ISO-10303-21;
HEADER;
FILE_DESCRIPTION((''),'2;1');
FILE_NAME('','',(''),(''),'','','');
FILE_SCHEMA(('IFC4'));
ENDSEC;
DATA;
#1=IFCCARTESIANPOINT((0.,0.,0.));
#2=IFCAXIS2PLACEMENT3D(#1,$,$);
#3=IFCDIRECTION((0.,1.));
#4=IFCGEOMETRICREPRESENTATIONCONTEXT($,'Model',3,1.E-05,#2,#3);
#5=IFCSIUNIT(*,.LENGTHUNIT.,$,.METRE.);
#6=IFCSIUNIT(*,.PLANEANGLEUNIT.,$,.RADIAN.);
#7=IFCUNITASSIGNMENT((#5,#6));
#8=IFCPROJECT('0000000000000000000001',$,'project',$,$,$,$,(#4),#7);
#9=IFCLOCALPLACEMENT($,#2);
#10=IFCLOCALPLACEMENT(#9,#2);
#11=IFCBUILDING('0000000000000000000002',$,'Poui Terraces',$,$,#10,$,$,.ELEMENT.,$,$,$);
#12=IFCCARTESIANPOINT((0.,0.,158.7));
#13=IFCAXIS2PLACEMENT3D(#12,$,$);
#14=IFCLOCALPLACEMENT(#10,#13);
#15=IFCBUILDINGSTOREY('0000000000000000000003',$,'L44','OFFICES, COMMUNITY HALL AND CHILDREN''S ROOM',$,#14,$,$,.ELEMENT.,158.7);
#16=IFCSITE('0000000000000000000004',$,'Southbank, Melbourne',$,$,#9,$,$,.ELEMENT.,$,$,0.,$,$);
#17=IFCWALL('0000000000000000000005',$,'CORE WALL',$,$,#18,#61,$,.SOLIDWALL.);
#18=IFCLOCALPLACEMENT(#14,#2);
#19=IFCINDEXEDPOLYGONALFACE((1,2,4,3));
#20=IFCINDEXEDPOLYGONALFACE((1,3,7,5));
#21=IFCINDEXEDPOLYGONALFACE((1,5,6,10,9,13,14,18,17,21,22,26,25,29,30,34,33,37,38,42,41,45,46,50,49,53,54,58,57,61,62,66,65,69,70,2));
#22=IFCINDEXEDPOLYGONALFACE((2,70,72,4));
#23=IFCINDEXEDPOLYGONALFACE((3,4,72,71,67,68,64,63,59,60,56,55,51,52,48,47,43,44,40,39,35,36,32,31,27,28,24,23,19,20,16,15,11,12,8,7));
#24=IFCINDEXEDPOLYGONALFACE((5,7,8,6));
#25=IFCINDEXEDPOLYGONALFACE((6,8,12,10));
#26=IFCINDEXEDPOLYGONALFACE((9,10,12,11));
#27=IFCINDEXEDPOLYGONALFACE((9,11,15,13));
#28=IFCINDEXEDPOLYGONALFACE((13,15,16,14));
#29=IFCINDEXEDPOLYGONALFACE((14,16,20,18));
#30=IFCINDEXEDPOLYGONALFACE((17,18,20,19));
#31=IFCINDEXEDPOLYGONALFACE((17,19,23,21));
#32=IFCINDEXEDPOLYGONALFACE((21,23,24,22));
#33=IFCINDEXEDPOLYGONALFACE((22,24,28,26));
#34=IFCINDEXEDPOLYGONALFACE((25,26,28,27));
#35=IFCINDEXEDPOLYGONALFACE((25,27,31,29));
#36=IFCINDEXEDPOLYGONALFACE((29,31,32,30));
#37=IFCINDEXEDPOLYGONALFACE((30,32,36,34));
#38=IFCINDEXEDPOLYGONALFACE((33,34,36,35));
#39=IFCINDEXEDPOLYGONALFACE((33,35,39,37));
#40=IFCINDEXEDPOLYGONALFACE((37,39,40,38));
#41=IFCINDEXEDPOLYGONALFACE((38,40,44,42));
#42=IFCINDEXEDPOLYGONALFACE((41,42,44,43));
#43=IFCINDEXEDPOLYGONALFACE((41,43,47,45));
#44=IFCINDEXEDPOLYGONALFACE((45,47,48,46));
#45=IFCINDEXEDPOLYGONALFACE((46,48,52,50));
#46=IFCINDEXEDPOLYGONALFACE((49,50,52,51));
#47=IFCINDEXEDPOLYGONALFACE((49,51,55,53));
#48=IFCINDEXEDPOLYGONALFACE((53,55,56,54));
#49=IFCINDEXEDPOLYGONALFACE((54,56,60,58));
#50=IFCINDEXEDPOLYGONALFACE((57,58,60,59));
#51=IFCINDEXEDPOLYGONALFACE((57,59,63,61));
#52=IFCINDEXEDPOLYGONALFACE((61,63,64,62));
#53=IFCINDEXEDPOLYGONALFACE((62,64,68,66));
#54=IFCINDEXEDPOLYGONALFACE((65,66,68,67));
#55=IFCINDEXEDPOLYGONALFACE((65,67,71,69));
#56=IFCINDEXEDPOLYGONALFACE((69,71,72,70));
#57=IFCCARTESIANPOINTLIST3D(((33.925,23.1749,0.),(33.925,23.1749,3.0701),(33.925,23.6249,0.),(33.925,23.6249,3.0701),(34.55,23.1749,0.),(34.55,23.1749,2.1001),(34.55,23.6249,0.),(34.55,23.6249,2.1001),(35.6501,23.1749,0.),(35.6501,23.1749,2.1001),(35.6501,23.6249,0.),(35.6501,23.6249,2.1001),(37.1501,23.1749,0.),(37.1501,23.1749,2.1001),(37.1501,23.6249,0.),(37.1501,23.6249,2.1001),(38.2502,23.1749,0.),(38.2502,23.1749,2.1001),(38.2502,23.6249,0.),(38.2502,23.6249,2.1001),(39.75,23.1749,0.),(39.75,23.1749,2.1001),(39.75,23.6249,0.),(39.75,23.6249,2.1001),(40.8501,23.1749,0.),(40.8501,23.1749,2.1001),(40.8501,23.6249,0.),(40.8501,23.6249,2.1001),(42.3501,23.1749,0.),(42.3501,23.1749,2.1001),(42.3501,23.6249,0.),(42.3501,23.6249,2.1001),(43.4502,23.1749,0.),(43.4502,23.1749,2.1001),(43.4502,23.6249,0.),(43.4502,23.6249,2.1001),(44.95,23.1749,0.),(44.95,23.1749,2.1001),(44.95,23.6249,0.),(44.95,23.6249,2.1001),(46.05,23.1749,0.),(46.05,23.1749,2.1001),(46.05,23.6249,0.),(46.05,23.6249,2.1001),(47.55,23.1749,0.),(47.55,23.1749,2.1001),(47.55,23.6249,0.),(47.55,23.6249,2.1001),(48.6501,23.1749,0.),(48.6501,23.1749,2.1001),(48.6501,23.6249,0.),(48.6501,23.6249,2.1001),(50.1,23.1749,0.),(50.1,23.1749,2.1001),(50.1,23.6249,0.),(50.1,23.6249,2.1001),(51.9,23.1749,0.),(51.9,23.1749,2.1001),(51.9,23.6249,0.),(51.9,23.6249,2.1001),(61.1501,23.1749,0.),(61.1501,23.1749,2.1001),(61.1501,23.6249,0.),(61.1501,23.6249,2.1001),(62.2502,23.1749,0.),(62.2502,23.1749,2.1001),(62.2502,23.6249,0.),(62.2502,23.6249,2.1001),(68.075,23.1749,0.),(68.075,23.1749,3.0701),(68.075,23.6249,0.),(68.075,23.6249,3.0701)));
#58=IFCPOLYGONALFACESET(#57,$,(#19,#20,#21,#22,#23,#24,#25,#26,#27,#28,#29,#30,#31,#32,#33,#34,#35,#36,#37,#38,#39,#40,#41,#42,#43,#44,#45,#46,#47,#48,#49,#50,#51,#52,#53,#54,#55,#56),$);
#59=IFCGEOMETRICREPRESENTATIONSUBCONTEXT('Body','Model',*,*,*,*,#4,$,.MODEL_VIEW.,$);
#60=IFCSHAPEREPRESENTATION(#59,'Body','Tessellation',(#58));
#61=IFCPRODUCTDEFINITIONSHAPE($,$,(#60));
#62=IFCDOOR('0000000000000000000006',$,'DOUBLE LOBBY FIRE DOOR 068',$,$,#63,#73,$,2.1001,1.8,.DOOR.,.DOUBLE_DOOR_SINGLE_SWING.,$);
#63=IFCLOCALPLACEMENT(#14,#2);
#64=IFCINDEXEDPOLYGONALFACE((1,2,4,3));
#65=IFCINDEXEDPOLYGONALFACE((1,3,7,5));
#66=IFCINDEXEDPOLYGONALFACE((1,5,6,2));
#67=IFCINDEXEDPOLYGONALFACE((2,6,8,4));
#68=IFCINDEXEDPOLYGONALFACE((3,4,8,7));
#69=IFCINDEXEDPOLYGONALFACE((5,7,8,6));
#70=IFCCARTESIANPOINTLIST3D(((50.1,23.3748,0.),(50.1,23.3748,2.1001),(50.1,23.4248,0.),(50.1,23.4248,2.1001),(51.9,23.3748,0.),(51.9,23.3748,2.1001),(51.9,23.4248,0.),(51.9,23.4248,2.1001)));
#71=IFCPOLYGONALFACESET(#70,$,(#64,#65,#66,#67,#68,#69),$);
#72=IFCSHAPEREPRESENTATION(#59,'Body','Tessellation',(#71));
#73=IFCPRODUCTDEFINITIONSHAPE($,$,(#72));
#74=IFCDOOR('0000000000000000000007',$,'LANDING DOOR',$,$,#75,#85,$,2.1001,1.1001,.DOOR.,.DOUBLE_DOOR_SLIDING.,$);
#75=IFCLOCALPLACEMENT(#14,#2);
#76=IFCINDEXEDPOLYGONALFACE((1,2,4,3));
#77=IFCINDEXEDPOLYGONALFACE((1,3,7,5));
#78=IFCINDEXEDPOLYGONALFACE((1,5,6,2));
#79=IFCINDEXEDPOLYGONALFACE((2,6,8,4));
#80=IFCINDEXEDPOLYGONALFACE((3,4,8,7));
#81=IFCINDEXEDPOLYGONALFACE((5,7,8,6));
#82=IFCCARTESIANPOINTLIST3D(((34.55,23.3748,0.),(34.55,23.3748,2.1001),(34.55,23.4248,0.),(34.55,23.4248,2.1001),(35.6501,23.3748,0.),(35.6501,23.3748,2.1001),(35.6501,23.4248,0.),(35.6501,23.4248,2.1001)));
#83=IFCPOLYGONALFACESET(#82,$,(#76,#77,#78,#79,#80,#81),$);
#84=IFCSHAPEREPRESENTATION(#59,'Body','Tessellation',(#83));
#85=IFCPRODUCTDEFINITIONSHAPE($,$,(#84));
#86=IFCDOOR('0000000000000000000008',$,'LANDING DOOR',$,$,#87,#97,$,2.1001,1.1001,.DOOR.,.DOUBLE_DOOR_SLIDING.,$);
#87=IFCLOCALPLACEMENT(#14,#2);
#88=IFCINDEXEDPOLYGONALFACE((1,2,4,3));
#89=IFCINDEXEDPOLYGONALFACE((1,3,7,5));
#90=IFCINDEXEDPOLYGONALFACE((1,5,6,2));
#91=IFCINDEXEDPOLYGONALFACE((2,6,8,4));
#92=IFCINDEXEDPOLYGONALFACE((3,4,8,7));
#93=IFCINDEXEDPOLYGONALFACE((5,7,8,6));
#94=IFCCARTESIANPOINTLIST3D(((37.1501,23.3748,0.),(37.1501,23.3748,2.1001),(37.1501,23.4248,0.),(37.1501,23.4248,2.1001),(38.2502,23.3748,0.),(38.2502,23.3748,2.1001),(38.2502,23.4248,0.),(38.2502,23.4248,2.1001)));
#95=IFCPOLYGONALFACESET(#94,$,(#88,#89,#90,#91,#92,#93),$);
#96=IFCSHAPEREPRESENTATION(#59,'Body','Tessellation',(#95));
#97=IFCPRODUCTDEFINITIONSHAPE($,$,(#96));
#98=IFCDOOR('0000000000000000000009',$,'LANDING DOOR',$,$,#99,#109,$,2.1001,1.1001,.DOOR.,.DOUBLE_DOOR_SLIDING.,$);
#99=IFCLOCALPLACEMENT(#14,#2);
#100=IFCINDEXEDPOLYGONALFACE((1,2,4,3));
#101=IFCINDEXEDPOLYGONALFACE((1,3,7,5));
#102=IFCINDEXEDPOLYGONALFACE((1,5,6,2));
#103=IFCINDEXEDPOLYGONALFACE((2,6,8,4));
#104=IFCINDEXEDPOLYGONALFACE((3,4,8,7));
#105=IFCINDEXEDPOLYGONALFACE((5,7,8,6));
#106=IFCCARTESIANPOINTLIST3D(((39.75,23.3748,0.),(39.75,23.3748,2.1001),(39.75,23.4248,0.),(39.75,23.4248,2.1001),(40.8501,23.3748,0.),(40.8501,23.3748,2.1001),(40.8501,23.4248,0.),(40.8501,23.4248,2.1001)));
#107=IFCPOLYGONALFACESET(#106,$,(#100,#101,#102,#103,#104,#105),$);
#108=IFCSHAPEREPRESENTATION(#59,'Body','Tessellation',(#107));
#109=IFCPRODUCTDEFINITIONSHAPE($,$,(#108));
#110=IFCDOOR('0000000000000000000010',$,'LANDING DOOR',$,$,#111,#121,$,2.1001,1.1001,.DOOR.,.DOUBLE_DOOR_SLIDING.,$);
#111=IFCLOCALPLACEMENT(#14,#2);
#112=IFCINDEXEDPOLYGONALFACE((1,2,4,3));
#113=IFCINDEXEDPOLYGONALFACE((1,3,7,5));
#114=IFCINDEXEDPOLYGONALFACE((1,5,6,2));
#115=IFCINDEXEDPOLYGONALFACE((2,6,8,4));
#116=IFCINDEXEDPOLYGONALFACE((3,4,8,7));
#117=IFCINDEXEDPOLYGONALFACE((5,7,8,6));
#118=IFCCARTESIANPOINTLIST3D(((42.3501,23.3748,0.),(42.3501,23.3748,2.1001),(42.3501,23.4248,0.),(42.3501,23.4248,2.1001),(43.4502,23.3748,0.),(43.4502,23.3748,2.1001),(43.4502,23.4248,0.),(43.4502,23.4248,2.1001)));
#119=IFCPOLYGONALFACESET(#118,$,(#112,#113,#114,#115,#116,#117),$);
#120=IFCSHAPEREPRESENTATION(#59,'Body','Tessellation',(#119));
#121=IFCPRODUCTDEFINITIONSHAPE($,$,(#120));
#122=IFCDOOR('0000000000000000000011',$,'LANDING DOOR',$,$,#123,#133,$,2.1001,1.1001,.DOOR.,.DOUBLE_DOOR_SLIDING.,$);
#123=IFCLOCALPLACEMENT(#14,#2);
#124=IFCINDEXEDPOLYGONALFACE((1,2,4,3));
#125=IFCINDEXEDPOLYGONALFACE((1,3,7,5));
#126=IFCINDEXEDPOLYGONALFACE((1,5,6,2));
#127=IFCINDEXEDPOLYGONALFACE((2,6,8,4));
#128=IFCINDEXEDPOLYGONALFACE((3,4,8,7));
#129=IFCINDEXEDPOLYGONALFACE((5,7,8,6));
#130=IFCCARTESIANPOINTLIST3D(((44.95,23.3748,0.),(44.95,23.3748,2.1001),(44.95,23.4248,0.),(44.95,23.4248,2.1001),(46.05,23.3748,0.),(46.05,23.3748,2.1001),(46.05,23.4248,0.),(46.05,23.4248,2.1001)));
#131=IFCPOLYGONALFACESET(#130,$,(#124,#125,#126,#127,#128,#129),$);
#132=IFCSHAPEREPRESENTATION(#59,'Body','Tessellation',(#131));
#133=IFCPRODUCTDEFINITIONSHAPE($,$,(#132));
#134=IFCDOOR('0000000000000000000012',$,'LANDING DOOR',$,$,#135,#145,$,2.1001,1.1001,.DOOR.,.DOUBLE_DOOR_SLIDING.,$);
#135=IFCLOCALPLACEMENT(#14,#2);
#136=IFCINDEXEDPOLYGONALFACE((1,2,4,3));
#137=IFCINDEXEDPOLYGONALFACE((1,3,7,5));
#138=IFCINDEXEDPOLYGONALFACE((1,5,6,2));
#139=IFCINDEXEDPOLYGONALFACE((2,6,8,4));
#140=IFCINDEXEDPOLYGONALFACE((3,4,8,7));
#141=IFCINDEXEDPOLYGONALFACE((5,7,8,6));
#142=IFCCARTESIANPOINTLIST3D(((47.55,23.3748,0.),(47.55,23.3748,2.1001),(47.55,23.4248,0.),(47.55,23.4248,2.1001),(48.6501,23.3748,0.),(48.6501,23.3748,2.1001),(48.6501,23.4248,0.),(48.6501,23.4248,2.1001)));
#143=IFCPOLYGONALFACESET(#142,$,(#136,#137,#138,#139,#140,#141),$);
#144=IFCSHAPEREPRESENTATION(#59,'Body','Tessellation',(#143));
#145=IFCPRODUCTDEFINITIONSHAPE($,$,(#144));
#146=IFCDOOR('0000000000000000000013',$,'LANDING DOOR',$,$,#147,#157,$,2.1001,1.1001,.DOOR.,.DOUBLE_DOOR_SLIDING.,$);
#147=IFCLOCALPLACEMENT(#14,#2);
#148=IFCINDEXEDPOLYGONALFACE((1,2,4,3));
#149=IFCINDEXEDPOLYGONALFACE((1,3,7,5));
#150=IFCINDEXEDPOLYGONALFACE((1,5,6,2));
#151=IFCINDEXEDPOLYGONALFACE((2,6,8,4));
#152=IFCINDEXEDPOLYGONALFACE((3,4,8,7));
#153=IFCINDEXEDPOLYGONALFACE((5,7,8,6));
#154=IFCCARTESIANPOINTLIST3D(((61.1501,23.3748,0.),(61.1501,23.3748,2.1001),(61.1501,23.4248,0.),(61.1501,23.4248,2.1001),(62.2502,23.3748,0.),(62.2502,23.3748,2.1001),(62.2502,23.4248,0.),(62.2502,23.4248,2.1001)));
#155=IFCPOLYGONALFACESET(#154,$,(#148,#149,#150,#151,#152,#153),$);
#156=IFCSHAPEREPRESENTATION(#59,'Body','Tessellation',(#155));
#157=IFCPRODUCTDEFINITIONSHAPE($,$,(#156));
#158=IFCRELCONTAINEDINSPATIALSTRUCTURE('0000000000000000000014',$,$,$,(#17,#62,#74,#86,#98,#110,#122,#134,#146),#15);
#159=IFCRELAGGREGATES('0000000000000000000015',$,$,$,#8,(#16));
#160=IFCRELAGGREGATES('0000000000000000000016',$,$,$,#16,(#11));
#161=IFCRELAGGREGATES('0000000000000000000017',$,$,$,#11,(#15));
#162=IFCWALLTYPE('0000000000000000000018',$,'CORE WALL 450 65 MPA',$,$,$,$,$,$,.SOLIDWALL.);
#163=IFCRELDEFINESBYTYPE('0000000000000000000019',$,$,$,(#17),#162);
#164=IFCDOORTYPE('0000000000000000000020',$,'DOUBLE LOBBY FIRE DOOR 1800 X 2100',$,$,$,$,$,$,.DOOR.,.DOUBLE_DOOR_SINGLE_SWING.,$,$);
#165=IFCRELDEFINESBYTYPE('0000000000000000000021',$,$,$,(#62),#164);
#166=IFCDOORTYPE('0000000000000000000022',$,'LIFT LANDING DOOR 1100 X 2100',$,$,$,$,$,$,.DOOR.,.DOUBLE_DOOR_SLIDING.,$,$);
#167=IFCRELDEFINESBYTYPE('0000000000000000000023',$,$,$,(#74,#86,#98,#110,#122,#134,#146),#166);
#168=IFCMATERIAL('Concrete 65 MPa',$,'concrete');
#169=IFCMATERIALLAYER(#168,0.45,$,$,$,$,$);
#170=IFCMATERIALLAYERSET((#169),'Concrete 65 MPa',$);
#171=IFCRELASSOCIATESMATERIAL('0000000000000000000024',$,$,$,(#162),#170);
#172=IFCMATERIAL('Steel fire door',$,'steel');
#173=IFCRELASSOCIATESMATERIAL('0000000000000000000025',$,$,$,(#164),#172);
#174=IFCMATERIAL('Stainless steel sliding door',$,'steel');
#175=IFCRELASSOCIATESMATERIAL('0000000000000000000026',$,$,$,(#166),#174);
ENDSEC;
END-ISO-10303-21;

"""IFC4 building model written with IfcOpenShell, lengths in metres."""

from ifc_helpers import new_model, si_unit, direction, frame, frame_2d, origin, place, context, subcontext, project, spatial, rectangle, extrude, material, layer, layer_set, type_object, element, fill, save


model = new_model("IFC4")

# Units and contexts
model_context = context("Model", 3, precision=1e-05, world=origin(), true_north=direction((0.0, 1.0)))
body_context = subcontext(model_context, "Body", "Model", "MODEL_VIEW")
ifc_project = project(units=[si_unit("LENGTHUNIT", "METRE"), si_unit("PLANEANGLEUNIT", "RADIAN")], contexts=[model_context])

# Site, building, storey
site_placement = place(None, origin())
site = spatial("IfcSite", under=ifc_project, at=site_placement, Name="Southbank, Melbourne", CompositionType="ELEMENT", RefElevation=0.0)
building_placement = place(site_placement, origin())
building = spatial("IfcBuilding", under=site, at=building_placement, Name="Poui Terraces", CompositionType="ELEMENT")
storey_placement = place(building_placement, frame((0.0, 0.0, 158.7)))
storey = spatial("IfcBuildingStorey", under=building, at=storey_placement, Name="L44", Description="OFFICES, COMMUNITY HALL AND CHILDREN'S ROOM", CompositionType="ELEMENT", Elevation=158.7)

# Wall, openings, doors
ifc_material_1 = material(Name="Concrete 65 MPa", Category="concrete")
ifc_layer_1 = layer(ifc_material_1, 0.45)
ifc_layer_set_1 = layer_set([ifc_layer_1], Name="Concrete 65 MPa")
wall_type_1 = type_object("IfcWallType", Name="CORE WALL 450 65 MPA", PredefinedType="SOLIDWALL", material=ifc_layer_set_1)
ifc_material_2 = material(Name="Steel fire door", Category="steel")
door_type_1 = type_object("IfcDoorType", Name="DOUBLE LOBBY FIRE DOOR 1800 X 2100", OperationType="DOUBLE_DOOR_SINGLE_SWING", PredefinedType="DOOR", material=ifc_material_2)
wall_1_placement = place(storey_placement, frame((33.925, 23.3999, 0.0), z_axis=(0.0, 0.0, 1.0), x_axis=(1.0, 0.0, 0.0)))
wall_1 = element("IfcWall", 1, at=wall_1_placement, inside=storey, type_object=wall_type_1, Name="CORE WALL", PredefinedType="SOLIDWALL", context=body_context, shape_type="SweptSolid", body=[
    extrude(rectangle(XDim=34.1499, YDim=0.45, at=frame_2d((17.075, 0.0))), origin(), (0.0, 0.0, 1.0), 3.0701),
])
opening_1_placement = place(wall_1_placement, frame((16.175, 0.0, 0.0)))
opening_1 = element("IfcOpeningElement", 2, at=opening_1_placement, cuts=wall_1, PredefinedType="OPENING", context=body_context, shape_type="SweptSolid", body=[
    extrude(rectangle(XDim=1.8, YDim=2.1001, at=frame_2d((0.8999, 1.05))), frame((0.0, 0.2349, 0.0), z_axis=(0.0, -1.0, 0.0), x_axis=(1.0, 0.0, 0.0)), (0.0, 0.0, 1.0), 0.47),
])
opening_2_placement = place(wall_1_placement, frame((0.625, 0.0, 0.0)))
opening_2 = element("IfcOpeningElement", 3, at=opening_2_placement, cuts=wall_1, PredefinedType="OPENING", context=body_context, shape_type="SweptSolid", body=[
    extrude(rectangle(XDim=1.1001, YDim=2.1001, at=frame_2d((0.55, 1.05))), frame((0.0, 0.2349, 0.0), z_axis=(0.0, -1.0, 0.0), x_axis=(1.0, 0.0, 0.0)), (0.0, 0.0, 1.0), 0.47),
])
opening_3_placement = place(wall_1_placement, frame((3.2251, 0.0, 0.0)))
opening_3 = element("IfcOpeningElement", 4, at=opening_3_placement, cuts=wall_1, PredefinedType="OPENING", context=body_context, shape_type="SweptSolid", body=[
    extrude(rectangle(XDim=1.1001, YDim=2.1001, at=frame_2d((0.55, 1.05))), frame((0.0, 0.2349, 0.0), z_axis=(0.0, -1.0, 0.0), x_axis=(1.0, 0.0, 0.0)), (0.0, 0.0, 1.0), 0.47),
])
opening_4_placement = place(wall_1_placement, frame((5.825, 0.0, 0.0)))
opening_4 = element("IfcOpeningElement", 5, at=opening_4_placement, cuts=wall_1, PredefinedType="OPENING", context=body_context, shape_type="SweptSolid", body=[
    extrude(rectangle(XDim=1.1001, YDim=2.1001, at=frame_2d((0.55, 1.05))), frame((0.0, 0.2349, 0.0), z_axis=(0.0, -1.0, 0.0), x_axis=(1.0, 0.0, 0.0)), (0.0, 0.0, 1.0), 0.47),
])
opening_5_placement = place(wall_1_placement, frame((8.425, 0.0, 0.0)))
opening_5 = element("IfcOpeningElement", 6, at=opening_5_placement, cuts=wall_1, PredefinedType="OPENING", context=body_context, shape_type="SweptSolid", body=[
    extrude(rectangle(XDim=1.1001, YDim=2.1001, at=frame_2d((0.55, 1.05))), frame((0.0, 0.2349, 0.0), z_axis=(0.0, -1.0, 0.0), x_axis=(1.0, 0.0, 0.0)), (0.0, 0.0, 1.0), 0.47),
])
opening_6_placement = place(wall_1_placement, frame((11.0249, 0.0, 0.0)))
opening_6 = element("IfcOpeningElement", 7, at=opening_6_placement, cuts=wall_1, PredefinedType="OPENING", context=body_context, shape_type="SweptSolid", body=[
    extrude(rectangle(XDim=1.1001, YDim=2.1001, at=frame_2d((0.55, 1.05))), frame((0.0, 0.2349, 0.0), z_axis=(0.0, -1.0, 0.0), x_axis=(1.0, 0.0, 0.0)), (0.0, 0.0, 1.0), 0.47),
])
opening_7_placement = place(wall_1_placement, frame((13.625, 0.0, 0.0)))
opening_7 = element("IfcOpeningElement", 8, at=opening_7_placement, cuts=wall_1, PredefinedType="OPENING", context=body_context, shape_type="SweptSolid", body=[
    extrude(rectangle(XDim=1.1001, YDim=2.1001, at=frame_2d((0.55, 1.05))), frame((0.0, 0.2349, 0.0), z_axis=(0.0, -1.0, 0.0), x_axis=(1.0, 0.0, 0.0)), (0.0, 0.0, 1.0), 0.47),
])
opening_8_placement = place(wall_1_placement, frame((27.2251, 0.0, 0.0)))
opening_8 = element("IfcOpeningElement", 9, at=opening_8_placement, cuts=wall_1, PredefinedType="OPENING", context=body_context, shape_type="SweptSolid", body=[
    extrude(rectangle(XDim=1.1001, YDim=2.1001, at=frame_2d((0.55, 1.05))), frame((0.0, 0.2349, 0.0), z_axis=(0.0, -1.0, 0.0), x_axis=(1.0, 0.0, 0.0)), (0.0, 0.0, 1.0), 0.47),
])
door_1_placement = place(opening_1_placement, origin())
door_1 = element("IfcDoor", 10, at=door_1_placement, inside=storey, type_object=door_type_1, Name="DOUBLE LOBBY FIRE DOOR 068", OperationType="DOUBLE_DOOR_SINGLE_SWING", OverallHeight=2.1001, OverallWidth=1.8, PredefinedType="DOOR", context=body_context, shape_type="SweptSolid", body=[
    extrude(rectangle(XDim=1.8, YDim=2.1001, at=frame_2d((0.8999, 1.05))), frame((0.0, 0.0249, 0.0), z_axis=(0.0, -1.0, 0.0), x_axis=(1.0, 0.0, 0.0)), (0.0, 0.0, 1.0), 0.05),
])
fill(opening_1, door_1)
ifc_material_3 = material(Name="Stainless steel sliding door", Category="steel")
door_type_2 = type_object("IfcDoorType", Name="LIFT LANDING DOOR 1100 X 2100", OperationType="DOUBLE_DOOR_SLIDING", PredefinedType="DOOR", material=ifc_material_3)
door_2_placement = place(opening_2_placement, origin())
door_2 = element("IfcDoor", 11, at=door_2_placement, inside=storey, type_object=door_type_2, Name="LANDING DOOR", OperationType="DOUBLE_DOOR_SLIDING", OverallHeight=2.1001, OverallWidth=1.1001, PredefinedType="DOOR", context=body_context, shape_type="SweptSolid", body=[
    extrude(rectangle(XDim=1.1001, YDim=2.1001, at=frame_2d((0.55, 1.05))), frame((0.0, 0.0249, 0.0), z_axis=(0.0, -1.0, 0.0), x_axis=(1.0, 0.0, 0.0)), (0.0, 0.0, 1.0), 0.05),
])
fill(opening_2, door_2)
door_3_placement = place(opening_3_placement, origin())
door_3 = element("IfcDoor", 12, at=door_3_placement, inside=storey, type_object=door_type_2, Name="LANDING DOOR", OperationType="DOUBLE_DOOR_SLIDING", OverallHeight=2.1001, OverallWidth=1.1001, PredefinedType="DOOR", context=body_context, shape_type="SweptSolid", body=[
    extrude(rectangle(XDim=1.1001, YDim=2.1001, at=frame_2d((0.55, 1.05))), frame((0.0, 0.0249, 0.0), z_axis=(0.0, -1.0, 0.0), x_axis=(1.0, 0.0, 0.0)), (0.0, 0.0, 1.0), 0.05),
])
fill(opening_3, door_3)
door_4_placement = place(opening_4_placement, origin())
door_4 = element("IfcDoor", 13, at=door_4_placement, inside=storey, type_object=door_type_2, Name="LANDING DOOR", OperationType="DOUBLE_DOOR_SLIDING", OverallHeight=2.1001, OverallWidth=1.1001, PredefinedType="DOOR", context=body_context, shape_type="SweptSolid", body=[
    extrude(rectangle(XDim=1.1001, YDim=2.1001, at=frame_2d((0.55, 1.05))), frame((0.0, 0.0249, 0.0), z_axis=(0.0, -1.0, 0.0), x_axis=(1.0, 0.0, 0.0)), (0.0, 0.0, 1.0), 0.05),
])
fill(opening_4, door_4)
door_5_placement = place(opening_5_placement, origin())
door_5 = element("IfcDoor", 14, at=door_5_placement, inside=storey, type_object=door_type_2, Name="LANDING DOOR", OperationType="DOUBLE_DOOR_SLIDING", OverallHeight=2.1001, OverallWidth=1.1001, PredefinedType="DOOR", context=body_context, shape_type="SweptSolid", body=[
    extrude(rectangle(XDim=1.1001, YDim=2.1001, at=frame_2d((0.55, 1.05))), frame((0.0, 0.0249, 0.0), z_axis=(0.0, -1.0, 0.0), x_axis=(1.0, 0.0, 0.0)), (0.0, 0.0, 1.0), 0.05),
])
fill(opening_5, door_5)
door_6_placement = place(opening_6_placement, origin())
door_6 = element("IfcDoor", 15, at=door_6_placement, inside=storey, type_object=door_type_2, Name="LANDING DOOR", OperationType="DOUBLE_DOOR_SLIDING", OverallHeight=2.1001, OverallWidth=1.1001, PredefinedType="DOOR", context=body_context, shape_type="SweptSolid", body=[
    extrude(rectangle(XDim=1.1001, YDim=2.1001, at=frame_2d((0.55, 1.05))), frame((0.0, 0.0249, 0.0), z_axis=(0.0, -1.0, 0.0), x_axis=(1.0, 0.0, 0.0)), (0.0, 0.0, 1.0), 0.05),
])
fill(opening_6, door_6)
door_7_placement = place(opening_7_placement, origin())
door_7 = element("IfcDoor", 16, at=door_7_placement, inside=storey, type_object=door_type_2, Name="LANDING DOOR", OperationType="DOUBLE_DOOR_SLIDING", OverallHeight=2.1001, OverallWidth=1.1001, PredefinedType="DOOR", context=body_context, shape_type="SweptSolid", body=[
    extrude(rectangle(XDim=1.1001, YDim=2.1001, at=frame_2d((0.55, 1.05))), frame((0.0, 0.0249, 0.0), z_axis=(0.0, -1.0, 0.0), x_axis=(1.0, 0.0, 0.0)), (0.0, 0.0, 1.0), 0.05),
])
fill(opening_7, door_7)
door_8_placement = place(opening_8_placement, origin())
door_8 = element("IfcDoor", 17, at=door_8_placement, inside=storey, type_object=door_type_2, Name="LANDING DOOR", OperationType="DOUBLE_DOOR_SLIDING", OverallHeight=2.1001, OverallWidth=1.1001, PredefinedType="DOOR", context=body_context, shape_type="SweptSolid", body=[
    extrude(rectangle(XDim=1.1001, YDim=2.1001, at=frame_2d((0.55, 1.05))), frame((0.0, 0.0249, 0.0), z_axis=(0.0, -1.0, 0.0), x_axis=(1.0, 0.0, 0.0)), (0.0, 0.0, 1.0), 0.05),
])
fill(opening_8, door_8)

save(model, "model.ifc")
